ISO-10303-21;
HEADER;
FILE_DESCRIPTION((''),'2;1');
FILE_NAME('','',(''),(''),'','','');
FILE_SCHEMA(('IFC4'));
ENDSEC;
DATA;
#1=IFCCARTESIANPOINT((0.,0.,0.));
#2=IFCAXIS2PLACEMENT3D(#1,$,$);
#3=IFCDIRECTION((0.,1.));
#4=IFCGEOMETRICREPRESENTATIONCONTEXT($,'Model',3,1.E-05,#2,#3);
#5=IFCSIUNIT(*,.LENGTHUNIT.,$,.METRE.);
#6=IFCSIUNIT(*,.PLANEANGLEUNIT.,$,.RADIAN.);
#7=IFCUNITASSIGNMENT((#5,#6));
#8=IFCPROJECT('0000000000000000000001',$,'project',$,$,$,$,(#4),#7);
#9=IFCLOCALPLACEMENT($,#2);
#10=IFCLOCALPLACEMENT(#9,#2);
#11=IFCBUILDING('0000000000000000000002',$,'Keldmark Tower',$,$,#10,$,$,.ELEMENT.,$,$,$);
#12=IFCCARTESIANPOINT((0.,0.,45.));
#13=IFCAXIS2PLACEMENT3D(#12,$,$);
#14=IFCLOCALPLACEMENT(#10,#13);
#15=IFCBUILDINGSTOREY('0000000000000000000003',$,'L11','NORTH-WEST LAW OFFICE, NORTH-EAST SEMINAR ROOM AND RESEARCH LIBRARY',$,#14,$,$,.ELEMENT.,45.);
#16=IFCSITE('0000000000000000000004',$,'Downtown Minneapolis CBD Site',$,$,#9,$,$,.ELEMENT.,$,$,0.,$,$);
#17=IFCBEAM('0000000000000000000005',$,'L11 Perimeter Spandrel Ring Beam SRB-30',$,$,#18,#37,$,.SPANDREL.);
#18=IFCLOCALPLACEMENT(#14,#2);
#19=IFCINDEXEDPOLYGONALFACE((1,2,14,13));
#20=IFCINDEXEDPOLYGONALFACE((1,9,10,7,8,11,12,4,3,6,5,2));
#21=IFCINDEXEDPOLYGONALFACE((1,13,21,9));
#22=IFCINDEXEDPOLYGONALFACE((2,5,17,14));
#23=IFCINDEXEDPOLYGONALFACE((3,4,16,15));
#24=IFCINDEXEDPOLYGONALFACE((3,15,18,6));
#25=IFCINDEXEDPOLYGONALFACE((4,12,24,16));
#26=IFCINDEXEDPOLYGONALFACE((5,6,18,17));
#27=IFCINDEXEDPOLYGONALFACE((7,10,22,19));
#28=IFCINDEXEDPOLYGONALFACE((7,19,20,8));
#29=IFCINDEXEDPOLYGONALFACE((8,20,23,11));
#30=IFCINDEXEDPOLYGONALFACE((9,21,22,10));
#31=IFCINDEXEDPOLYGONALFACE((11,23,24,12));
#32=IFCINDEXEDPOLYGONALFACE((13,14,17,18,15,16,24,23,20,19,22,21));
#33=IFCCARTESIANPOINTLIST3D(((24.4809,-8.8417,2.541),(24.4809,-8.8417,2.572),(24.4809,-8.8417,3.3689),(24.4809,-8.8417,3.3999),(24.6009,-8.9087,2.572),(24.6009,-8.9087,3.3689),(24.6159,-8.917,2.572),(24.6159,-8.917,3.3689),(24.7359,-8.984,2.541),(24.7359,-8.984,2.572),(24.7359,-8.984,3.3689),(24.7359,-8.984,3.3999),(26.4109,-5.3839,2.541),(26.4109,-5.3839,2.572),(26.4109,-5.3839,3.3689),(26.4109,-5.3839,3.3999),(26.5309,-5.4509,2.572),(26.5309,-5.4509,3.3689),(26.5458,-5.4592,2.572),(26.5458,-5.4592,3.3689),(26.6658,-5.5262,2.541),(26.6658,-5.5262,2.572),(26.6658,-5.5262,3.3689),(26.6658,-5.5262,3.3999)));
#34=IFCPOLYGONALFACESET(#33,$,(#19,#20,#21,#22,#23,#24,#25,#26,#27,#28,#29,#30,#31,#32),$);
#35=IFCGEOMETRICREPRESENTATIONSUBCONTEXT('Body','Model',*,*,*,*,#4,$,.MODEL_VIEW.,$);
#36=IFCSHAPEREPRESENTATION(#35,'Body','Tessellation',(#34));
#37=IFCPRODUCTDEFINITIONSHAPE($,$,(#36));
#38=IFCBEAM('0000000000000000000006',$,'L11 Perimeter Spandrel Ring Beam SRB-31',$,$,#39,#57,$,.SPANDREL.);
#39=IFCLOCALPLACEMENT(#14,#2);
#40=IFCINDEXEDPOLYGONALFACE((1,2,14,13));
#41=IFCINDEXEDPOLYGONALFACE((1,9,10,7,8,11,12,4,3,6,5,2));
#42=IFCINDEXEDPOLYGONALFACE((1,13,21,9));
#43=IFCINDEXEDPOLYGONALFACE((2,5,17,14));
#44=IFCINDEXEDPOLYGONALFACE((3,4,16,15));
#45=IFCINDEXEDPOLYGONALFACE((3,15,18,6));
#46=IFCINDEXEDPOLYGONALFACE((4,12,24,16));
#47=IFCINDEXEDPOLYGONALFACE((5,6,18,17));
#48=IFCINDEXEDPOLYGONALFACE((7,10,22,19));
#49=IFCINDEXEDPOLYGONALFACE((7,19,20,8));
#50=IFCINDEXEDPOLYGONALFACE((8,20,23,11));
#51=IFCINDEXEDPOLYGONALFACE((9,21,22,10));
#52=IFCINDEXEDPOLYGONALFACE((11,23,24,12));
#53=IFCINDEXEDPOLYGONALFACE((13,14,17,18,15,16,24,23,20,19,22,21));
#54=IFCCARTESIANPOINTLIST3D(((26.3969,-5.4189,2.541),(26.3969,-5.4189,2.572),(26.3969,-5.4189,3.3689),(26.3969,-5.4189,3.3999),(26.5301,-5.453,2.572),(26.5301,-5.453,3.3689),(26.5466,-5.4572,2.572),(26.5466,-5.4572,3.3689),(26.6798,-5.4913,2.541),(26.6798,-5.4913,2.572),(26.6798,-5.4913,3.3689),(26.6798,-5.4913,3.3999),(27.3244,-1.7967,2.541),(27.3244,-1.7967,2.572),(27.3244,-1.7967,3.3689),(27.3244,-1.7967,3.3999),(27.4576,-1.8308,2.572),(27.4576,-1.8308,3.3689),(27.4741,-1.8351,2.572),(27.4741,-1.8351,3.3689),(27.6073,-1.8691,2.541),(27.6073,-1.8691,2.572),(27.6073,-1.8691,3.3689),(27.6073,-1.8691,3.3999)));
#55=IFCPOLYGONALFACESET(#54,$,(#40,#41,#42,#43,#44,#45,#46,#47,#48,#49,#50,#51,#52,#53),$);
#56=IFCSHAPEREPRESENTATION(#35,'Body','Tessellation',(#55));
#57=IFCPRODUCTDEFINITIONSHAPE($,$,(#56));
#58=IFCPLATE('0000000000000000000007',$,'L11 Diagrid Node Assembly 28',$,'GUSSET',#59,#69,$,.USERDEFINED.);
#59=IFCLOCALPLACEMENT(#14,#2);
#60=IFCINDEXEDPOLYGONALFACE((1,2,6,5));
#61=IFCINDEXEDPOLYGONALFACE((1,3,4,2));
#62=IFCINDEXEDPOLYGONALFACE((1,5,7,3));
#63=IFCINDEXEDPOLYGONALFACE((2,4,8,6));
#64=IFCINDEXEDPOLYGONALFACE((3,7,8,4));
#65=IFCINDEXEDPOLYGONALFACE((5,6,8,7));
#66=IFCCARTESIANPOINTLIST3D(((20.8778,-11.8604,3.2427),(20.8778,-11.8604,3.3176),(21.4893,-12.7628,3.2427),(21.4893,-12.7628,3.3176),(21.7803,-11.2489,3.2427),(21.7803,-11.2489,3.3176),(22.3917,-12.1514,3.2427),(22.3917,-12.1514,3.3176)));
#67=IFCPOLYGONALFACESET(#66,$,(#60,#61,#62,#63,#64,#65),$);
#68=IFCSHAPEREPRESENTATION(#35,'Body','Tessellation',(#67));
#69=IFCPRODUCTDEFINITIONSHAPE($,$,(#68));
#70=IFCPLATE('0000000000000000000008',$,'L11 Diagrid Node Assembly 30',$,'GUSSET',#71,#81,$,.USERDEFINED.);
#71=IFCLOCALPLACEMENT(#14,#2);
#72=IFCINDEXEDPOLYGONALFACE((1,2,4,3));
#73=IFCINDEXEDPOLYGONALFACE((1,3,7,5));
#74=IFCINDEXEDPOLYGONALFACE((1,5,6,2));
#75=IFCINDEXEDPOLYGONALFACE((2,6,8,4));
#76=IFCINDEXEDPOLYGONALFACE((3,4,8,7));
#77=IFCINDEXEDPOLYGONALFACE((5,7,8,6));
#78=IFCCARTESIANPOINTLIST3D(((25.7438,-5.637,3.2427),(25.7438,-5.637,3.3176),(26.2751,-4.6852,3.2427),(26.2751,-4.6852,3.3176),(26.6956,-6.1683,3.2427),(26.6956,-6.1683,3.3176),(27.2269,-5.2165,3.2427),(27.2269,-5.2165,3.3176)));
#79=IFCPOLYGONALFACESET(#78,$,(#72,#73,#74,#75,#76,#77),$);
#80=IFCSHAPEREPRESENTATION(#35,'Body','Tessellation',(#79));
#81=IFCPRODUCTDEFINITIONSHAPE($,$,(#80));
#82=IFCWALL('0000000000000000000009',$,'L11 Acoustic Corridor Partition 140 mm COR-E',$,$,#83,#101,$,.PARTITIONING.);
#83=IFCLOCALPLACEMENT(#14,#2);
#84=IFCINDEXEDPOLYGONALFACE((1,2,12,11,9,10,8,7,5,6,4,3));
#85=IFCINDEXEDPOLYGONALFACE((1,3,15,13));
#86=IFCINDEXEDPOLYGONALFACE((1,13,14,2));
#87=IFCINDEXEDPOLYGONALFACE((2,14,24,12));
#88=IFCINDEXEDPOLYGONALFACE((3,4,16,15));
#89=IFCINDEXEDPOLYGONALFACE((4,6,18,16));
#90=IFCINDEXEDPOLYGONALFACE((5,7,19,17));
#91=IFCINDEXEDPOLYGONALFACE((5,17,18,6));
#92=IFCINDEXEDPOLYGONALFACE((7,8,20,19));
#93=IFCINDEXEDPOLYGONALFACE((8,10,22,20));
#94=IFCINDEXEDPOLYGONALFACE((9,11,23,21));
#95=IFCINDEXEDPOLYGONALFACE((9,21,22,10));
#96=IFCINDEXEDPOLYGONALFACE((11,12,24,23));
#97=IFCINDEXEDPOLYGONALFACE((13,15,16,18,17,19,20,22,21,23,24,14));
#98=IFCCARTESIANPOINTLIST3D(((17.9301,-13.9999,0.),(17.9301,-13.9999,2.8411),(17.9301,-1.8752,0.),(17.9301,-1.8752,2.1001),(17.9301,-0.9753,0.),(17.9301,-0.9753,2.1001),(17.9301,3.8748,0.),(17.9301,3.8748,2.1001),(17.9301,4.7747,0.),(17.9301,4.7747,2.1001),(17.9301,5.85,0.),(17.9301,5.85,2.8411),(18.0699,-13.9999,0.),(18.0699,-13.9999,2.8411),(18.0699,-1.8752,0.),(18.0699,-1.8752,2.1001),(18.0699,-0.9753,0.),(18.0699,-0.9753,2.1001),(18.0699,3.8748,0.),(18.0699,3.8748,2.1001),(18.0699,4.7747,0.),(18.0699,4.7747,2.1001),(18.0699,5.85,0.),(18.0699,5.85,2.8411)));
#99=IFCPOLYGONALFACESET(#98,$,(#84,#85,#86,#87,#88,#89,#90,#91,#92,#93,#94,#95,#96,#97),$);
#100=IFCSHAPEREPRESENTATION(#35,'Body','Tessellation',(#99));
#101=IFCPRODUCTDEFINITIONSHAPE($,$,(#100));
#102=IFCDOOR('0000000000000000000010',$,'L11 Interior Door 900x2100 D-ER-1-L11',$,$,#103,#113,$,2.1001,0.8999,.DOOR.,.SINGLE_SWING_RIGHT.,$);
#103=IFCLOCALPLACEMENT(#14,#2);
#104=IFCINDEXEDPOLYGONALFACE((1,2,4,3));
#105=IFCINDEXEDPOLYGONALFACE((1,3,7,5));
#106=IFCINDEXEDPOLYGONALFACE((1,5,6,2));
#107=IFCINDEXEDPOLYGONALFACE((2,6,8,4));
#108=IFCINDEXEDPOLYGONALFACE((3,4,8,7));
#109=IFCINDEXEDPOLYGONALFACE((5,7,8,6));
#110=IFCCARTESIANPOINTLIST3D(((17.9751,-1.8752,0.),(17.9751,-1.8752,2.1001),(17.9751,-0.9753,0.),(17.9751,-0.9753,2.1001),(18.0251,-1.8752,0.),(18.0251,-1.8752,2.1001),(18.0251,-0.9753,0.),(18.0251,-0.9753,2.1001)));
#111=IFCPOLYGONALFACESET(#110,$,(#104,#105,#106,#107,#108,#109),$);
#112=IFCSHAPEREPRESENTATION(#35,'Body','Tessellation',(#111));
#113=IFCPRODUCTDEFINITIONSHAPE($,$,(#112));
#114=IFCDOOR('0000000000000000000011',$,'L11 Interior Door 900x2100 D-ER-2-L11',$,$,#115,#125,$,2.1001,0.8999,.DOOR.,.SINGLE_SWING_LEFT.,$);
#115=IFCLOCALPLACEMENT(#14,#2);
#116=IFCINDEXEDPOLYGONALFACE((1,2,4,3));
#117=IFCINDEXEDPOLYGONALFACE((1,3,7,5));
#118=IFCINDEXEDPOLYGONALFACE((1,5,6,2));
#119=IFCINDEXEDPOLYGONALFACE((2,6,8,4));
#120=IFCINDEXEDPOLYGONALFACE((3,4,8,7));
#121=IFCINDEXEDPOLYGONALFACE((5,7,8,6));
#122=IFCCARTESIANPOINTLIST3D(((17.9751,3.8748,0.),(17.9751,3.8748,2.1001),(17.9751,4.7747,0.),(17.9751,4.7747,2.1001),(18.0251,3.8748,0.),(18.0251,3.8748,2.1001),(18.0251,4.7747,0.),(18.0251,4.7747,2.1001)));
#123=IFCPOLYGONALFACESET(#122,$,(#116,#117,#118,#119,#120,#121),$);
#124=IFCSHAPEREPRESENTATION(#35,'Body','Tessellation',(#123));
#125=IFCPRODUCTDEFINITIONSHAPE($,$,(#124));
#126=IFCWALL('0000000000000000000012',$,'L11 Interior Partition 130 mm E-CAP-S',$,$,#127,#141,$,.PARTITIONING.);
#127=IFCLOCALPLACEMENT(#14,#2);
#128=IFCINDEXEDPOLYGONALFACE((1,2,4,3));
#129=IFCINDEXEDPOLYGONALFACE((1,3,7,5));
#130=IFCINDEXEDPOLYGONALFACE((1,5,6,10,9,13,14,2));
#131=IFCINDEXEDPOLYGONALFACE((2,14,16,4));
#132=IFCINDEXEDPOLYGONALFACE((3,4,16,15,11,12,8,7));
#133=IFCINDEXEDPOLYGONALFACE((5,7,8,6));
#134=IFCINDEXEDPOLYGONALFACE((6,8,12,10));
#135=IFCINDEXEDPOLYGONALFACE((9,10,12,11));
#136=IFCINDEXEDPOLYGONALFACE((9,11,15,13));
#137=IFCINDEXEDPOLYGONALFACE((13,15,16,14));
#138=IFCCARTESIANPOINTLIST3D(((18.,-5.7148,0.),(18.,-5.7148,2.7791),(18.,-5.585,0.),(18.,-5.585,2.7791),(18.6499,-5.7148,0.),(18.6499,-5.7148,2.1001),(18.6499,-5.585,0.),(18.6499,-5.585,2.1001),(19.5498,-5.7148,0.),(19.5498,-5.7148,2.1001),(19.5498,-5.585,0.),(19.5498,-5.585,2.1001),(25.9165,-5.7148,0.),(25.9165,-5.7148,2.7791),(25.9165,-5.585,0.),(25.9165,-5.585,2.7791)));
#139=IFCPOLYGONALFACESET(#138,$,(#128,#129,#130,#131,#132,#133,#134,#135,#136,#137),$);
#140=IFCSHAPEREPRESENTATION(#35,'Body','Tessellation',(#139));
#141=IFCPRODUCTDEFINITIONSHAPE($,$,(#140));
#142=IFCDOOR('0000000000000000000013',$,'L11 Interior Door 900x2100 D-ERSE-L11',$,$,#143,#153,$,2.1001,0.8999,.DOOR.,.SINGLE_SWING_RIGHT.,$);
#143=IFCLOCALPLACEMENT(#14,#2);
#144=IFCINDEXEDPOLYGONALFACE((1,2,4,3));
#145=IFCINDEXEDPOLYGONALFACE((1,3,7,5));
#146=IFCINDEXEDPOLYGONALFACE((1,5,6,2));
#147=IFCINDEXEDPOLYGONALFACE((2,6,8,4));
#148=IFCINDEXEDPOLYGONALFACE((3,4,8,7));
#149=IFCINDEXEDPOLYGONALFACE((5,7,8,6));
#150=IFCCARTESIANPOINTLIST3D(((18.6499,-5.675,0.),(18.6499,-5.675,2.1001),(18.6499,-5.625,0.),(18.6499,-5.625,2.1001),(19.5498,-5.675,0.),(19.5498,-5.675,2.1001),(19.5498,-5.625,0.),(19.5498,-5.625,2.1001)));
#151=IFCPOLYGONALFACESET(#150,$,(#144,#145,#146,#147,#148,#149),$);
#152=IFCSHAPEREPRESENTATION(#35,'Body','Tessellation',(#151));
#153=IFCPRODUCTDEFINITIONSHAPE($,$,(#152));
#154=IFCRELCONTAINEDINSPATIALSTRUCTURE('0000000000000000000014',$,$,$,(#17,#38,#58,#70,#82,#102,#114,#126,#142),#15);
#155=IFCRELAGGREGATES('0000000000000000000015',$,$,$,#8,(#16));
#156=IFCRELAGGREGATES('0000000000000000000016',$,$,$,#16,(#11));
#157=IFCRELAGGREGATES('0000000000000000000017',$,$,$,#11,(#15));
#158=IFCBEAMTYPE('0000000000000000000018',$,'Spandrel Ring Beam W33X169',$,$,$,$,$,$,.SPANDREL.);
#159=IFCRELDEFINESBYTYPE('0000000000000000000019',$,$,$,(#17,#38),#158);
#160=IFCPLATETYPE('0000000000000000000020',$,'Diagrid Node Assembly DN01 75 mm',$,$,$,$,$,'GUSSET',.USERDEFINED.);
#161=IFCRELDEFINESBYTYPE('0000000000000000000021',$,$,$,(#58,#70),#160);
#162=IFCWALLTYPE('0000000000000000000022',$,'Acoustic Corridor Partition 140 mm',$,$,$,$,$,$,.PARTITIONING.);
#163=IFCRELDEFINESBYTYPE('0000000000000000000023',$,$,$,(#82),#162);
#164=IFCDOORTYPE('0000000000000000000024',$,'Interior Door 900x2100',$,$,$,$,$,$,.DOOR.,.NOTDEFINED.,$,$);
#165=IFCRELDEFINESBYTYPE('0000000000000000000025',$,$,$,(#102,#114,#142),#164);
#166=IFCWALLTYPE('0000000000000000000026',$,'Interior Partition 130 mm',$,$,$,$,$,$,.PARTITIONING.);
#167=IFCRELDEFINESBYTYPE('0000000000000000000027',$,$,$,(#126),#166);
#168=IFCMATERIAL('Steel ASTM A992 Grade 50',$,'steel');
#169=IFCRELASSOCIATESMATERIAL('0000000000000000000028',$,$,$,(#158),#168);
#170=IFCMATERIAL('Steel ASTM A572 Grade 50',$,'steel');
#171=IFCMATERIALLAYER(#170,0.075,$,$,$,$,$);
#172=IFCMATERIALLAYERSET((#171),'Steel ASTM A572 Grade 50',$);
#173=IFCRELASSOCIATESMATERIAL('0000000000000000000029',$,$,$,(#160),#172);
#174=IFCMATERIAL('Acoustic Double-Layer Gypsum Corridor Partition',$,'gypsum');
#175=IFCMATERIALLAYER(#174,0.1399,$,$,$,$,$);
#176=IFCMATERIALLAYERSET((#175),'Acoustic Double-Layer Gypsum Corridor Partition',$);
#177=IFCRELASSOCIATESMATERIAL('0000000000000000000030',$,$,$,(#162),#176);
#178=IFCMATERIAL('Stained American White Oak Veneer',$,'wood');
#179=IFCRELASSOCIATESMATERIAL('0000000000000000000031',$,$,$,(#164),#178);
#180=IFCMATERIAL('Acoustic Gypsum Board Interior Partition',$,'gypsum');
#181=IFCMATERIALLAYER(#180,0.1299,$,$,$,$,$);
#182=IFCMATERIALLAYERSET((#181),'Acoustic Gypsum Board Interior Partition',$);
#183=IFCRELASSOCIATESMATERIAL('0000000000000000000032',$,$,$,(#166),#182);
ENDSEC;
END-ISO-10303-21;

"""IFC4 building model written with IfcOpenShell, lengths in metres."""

from ifc_helpers import new_model, si_unit, direction, frame, frame_2d, origin, origin_2d, place, context, subcontext, project, spatial, rectangle, i_section, extrude, material, layer, layer_set, material_profile, profile_set, type_object, element, fill, save


model = new_model("IFC4")

# Units and contexts
model_context = context("Model", 3, precision=1e-05, world=origin(), true_north=direction((0.0, 1.0)))
body_context = subcontext(model_context, "Body", "Model", "MODEL_VIEW")
ifc_project = project(units=[si_unit("LENGTHUNIT", "METRE"), si_unit("PLANEANGLEUNIT", "RADIAN")], contexts=[model_context])

# Site, building, storey
site_placement = place(None, origin())
site = spatial("IfcSite", under=ifc_project, at=site_placement, Name="Downtown Minneapolis CBD Site", CompositionType="ELEMENT", RefElevation=0.0)
building_placement = place(site_placement, origin())
building = spatial("IfcBuilding", under=site, at=building_placement, Name="Keldmark Tower", CompositionType="ELEMENT")
storey_placement = place(building_placement, frame((0.0, 0.0, 45.0)))
storey = spatial("IfcBuildingStorey", under=building, at=storey_placement, Name="L11", Description="NORTH-WEST LAW OFFICE, NORTH-EAST SEMINAR ROOM AND RESEARCH LIBRARY", CompositionType="ELEMENT", Elevation=45.0)

# Beams
ifc_material_1 = material(Name="Steel ASTM A992 Grade 50", Category="steel")
ifc_material_profile_1 = material_profile(ifc_material_1, i_section(OverallWidth=0.292, OverallDepth=0.8589, WebThickness=0.0171, FlangeThickness=0.031, at=origin_2d()), Name="W33X169")
ifc_profile_set_1 = profile_set([ifc_material_profile_1], Name="Steel ASTM A992 Grade 50")
beam_type_1 = type_object("IfcBeamType", Name="Spandrel Ring Beam W33X169", PredefinedType="SPANDREL", material=ifc_profile_set_1)
beam_1_placement = place(storey_placement, frame((24.6084, -8.9128, 2.9705), z_axis=(0.487369, 0.873196, 0.0), x_axis=(-0.873196, 0.487369, 0.0)))
element("IfcBeam", 1, at=beam_1_placement, inside=storey, type_object=beam_type_1, Name="L11 Perimeter Spandrel Ring Beam SRB-30", PredefinedType="SPANDREL", context=body_context, shape_type="SweptSolid", body=[
    extrude(i_section(OverallWidth=0.292, OverallDepth=0.8589, WebThickness=0.0171, FlangeThickness=0.031, at=origin_2d()), origin(), (0.0, 0.0, 1.0), 3.96),
])
beam_2_placement = place(storey_placement, frame((26.5383, -5.4551, 2.9705), z_axis=(0.248063, 0.968744, 0.0), x_axis=(-0.968744, 0.248063, 0.0)))
element("IfcBeam", 2, at=beam_2_placement, inside=storey, type_object=beam_type_1, Name="L11 Perimeter Spandrel Ring Beam SRB-31", PredefinedType="SPANDREL", context=body_context, shape_type="SweptSolid", body=[
    extrude(i_section(OverallWidth=0.292, OverallDepth=0.8589, WebThickness=0.0171, FlangeThickness=0.031, at=origin_2d()), origin(), (0.0, 0.0, 1.0), 3.739),
])

# Plates
ifc_material_2 = material(Name="Steel ASTM A572 Grade 50", Category="steel")
ifc_layer_1 = layer(ifc_material_2, 0.075)
ifc_layer_set_1 = layer_set([ifc_layer_1], Name="Steel ASTM A572 Grade 50")
plate_type = type_object("IfcPlateType", Name="Diagrid Node Assembly DN01 75 mm", ElementType="GUSSET", PredefinedType="USERDEFINED", material=ifc_layer_set_1)
for number, where, z_axis, x_axis, name in (
    (3, (21.6348, -12.0059, 3.2427), (0.0, 0.0, 1.0), (0.827865, 0.560928, 0.0), "L11 Diagrid Node Assembly 28"),
    (4, (26.4854, -5.4268, 3.2427), (0.0, 0.0, 1.0), (0.487403, 0.873177, 0.0), "L11 Diagrid Node Assembly 30"),
):
    element("IfcPlate", number, at=place(storey_placement, frame(where, z_axis=z_axis, x_axis=x_axis)), inside=storey, type_object=plate_type, Name=name, ObjectType="GUSSET", PredefinedType="USERDEFINED", context=body_context, shape_type="SweptSolid", body=[
        extrude(rectangle(XDim=1.0901, YDim=1.0901, at=origin_2d()), origin(), (0.0, 0.0, 1.0), 0.075),
    ])

# Wall, openings, doors
ifc_material_3 = material(Name="Acoustic Double-Layer Gypsum Corridor Partition", Category="gypsum")
ifc_layer_2 = layer(ifc_material_3, 0.1399)
ifc_layer_set_2 = layer_set([ifc_layer_2], Name="Acoustic Double-Layer Gypsum Corridor Partition")
wall_type_1 = type_object("IfcWallType", Name="Acoustic Corridor Partition 140 mm", PredefinedType="PARTITIONING", material=ifc_layer_set_2)
wall_1_placement = place(storey_placement, frame((18.0, -13.9998, 0.0), z_axis=(0.0, 0.0, 1.0), x_axis=(0.0, 1.0, 0.0)))
wall_1 = element("IfcWall", 5, at=wall_1_placement, inside=storey, type_object=wall_type_1, Name="L11 Acoustic Corridor Partition 140 mm COR-E", PredefinedType="PARTITIONING", context=body_context, shape_type="SweptSolid", body=[
    extrude(rectangle(XDim=19.8499, YDim=0.1399, at=frame_2d((9.9248, 0.0))), origin(), (0.0, 0.0, 1.0), 2.8411),
])
opening_1_placement = place(wall_1_placement, frame((12.1245, 0.0, 0.0)))
opening_1 = element("IfcOpeningElement", 6, at=opening_1_placement, cuts=wall_1, PredefinedType="OPENING", context=body_context, shape_type="SweptSolid", body=[
    extrude(rectangle(XDim=0.8999, YDim=2.1001, at=frame_2d((0.45, 1.05))), frame((0.0, 0.0798, 0.0), z_axis=(0.0, -1.0, 0.0), x_axis=(1.0, 0.0, 0.0)), (0.0, 0.0, 1.0), 0.1599),
])
opening_2_placement = place(wall_1_placement, frame((17.8745, 0.0, 0.0)))
opening_2 = element("IfcOpeningElement", 7, at=opening_2_placement, cuts=wall_1, PredefinedType="OPENING", context=body_context, shape_type="SweptSolid", body=[
    extrude(rectangle(XDim=0.8999, YDim=2.1001, at=frame_2d((0.45, 1.05))), frame((0.0, 0.0798, 0.0), z_axis=(0.0, -1.0, 0.0), x_axis=(1.0, 0.0, 0.0)), (0.0, 0.0, 1.0), 0.1599),
])
ifc_material_4 = material(Name="Stained American White Oak Veneer", Category="wood")
door_type = type_object("IfcDoorType", Name="Interior Door 900x2100", OperationType="NOTDEFINED", PredefinedType="DOOR", material=ifc_material_4)
door_1_placement = place(opening_1_placement, origin())
door_1 = element("IfcDoor", 8, at=door_1_placement, inside=storey, type_object=door_type, Name="L11 Interior Door 900x2100 D-ER-1-L11", OperationType="SINGLE_SWING_RIGHT", OverallHeight=2.1001, OverallWidth=0.8999, PredefinedType="DOOR", context=body_context, shape_type="SweptSolid", body=[
    extrude(rectangle(XDim=0.8999, YDim=2.1001, at=frame_2d((0.45, 1.05))), frame((0.0, 0.0249, 0.0), z_axis=(0.0, -1.0, 0.0), x_axis=(1.0, 0.0, 0.0)), (0.0, 0.0, 1.0), 0.05),
])
fill(opening_1, door_1)
door_2_placement = place(opening_2_placement, origin())
door_2 = element("IfcDoor", 9, at=door_2_placement, inside=storey, type_object=door_type, Name="L11 Interior Door 900x2100 D-ER-2-L11", OperationType="SINGLE_SWING_LEFT", OverallHeight=2.1001, OverallWidth=0.8999, PredefinedType="DOOR", context=body_context, shape_type="SweptSolid", body=[
    extrude(rectangle(XDim=0.8999, YDim=2.1001, at=frame_2d((0.45, 1.05))), frame((0.0, 0.0249, 0.0), z_axis=(0.0, -1.0, 0.0), x_axis=(1.0, 0.0, 0.0)), (0.0, 0.0, 1.0), 0.05),
])
fill(opening_2, door_2)

# Wall, opening, door
ifc_material_5 = material(Name="Acoustic Gypsum Board Interior Partition", Category="gypsum")
ifc_layer_3 = layer(ifc_material_5, 0.1299)
ifc_layer_set_3 = layer_set([ifc_layer_3], Name="Acoustic Gypsum Board Interior Partition")
wall_type_2 = type_object("IfcWallType", Name="Interior Partition 130 mm", PredefinedType="PARTITIONING", material=ifc_layer_set_3)
wall_2_placement = place(storey_placement, frame((18.0, -5.6499, 0.0), z_axis=(0.0, 0.0, 1.0), x_axis=(1.0, 0.0, 0.0)))
wall_2 = element("IfcWall", 10, at=wall_2_placement, inside=storey, type_object=wall_type_2, Name="L11 Interior Partition 130 mm E-CAP-S", PredefinedType="PARTITIONING", context=body_context, shape_type="SweptSolid", body=[
    extrude(rectangle(XDim=7.9165, YDim=0.1299, at=frame_2d((3.9583, 0.0))), origin(), (0.0, 0.0, 1.0), 2.7791),
])
opening_3_placement = place(wall_2_placement, frame((0.6499, 0.0, 0.0)))
opening_3 = element("IfcOpeningElement", 11, at=opening_3_placement, cuts=wall_2, PredefinedType="OPENING", context=body_context, shape_type="SweptSolid", body=[
    extrude(rectangle(XDim=0.8999, YDim=2.1001, at=frame_2d((0.45, 1.05))), frame((0.0, 0.075, 0.0), z_axis=(0.0, -1.0, 0.0), x_axis=(1.0, 0.0, 0.0)), (0.0, 0.0, 1.0), 0.1499),
])
door_3_placement = place(opening_3_placement, origin())
door_3 = element("IfcDoor", 12, at=door_3_placement, inside=storey, type_object=door_type, Name="L11 Interior Door 900x2100 D-ERSE-L11", OperationType="SINGLE_SWING_RIGHT", OverallHeight=2.1001, OverallWidth=0.8999, PredefinedType="DOOR", context=body_context, shape_type="SweptSolid", body=[
    extrude(rectangle(XDim=0.8999, YDim=2.1001, at=frame_2d((0.45, 1.05))), frame((0.0, 0.0249, 0.0), z_axis=(0.0, -1.0, 0.0), x_axis=(1.0, 0.0, 0.0)), (0.0, 0.0, 1.0), 0.05),
])
fill(opening_3, door_3)

save(model, "model.ifc")
